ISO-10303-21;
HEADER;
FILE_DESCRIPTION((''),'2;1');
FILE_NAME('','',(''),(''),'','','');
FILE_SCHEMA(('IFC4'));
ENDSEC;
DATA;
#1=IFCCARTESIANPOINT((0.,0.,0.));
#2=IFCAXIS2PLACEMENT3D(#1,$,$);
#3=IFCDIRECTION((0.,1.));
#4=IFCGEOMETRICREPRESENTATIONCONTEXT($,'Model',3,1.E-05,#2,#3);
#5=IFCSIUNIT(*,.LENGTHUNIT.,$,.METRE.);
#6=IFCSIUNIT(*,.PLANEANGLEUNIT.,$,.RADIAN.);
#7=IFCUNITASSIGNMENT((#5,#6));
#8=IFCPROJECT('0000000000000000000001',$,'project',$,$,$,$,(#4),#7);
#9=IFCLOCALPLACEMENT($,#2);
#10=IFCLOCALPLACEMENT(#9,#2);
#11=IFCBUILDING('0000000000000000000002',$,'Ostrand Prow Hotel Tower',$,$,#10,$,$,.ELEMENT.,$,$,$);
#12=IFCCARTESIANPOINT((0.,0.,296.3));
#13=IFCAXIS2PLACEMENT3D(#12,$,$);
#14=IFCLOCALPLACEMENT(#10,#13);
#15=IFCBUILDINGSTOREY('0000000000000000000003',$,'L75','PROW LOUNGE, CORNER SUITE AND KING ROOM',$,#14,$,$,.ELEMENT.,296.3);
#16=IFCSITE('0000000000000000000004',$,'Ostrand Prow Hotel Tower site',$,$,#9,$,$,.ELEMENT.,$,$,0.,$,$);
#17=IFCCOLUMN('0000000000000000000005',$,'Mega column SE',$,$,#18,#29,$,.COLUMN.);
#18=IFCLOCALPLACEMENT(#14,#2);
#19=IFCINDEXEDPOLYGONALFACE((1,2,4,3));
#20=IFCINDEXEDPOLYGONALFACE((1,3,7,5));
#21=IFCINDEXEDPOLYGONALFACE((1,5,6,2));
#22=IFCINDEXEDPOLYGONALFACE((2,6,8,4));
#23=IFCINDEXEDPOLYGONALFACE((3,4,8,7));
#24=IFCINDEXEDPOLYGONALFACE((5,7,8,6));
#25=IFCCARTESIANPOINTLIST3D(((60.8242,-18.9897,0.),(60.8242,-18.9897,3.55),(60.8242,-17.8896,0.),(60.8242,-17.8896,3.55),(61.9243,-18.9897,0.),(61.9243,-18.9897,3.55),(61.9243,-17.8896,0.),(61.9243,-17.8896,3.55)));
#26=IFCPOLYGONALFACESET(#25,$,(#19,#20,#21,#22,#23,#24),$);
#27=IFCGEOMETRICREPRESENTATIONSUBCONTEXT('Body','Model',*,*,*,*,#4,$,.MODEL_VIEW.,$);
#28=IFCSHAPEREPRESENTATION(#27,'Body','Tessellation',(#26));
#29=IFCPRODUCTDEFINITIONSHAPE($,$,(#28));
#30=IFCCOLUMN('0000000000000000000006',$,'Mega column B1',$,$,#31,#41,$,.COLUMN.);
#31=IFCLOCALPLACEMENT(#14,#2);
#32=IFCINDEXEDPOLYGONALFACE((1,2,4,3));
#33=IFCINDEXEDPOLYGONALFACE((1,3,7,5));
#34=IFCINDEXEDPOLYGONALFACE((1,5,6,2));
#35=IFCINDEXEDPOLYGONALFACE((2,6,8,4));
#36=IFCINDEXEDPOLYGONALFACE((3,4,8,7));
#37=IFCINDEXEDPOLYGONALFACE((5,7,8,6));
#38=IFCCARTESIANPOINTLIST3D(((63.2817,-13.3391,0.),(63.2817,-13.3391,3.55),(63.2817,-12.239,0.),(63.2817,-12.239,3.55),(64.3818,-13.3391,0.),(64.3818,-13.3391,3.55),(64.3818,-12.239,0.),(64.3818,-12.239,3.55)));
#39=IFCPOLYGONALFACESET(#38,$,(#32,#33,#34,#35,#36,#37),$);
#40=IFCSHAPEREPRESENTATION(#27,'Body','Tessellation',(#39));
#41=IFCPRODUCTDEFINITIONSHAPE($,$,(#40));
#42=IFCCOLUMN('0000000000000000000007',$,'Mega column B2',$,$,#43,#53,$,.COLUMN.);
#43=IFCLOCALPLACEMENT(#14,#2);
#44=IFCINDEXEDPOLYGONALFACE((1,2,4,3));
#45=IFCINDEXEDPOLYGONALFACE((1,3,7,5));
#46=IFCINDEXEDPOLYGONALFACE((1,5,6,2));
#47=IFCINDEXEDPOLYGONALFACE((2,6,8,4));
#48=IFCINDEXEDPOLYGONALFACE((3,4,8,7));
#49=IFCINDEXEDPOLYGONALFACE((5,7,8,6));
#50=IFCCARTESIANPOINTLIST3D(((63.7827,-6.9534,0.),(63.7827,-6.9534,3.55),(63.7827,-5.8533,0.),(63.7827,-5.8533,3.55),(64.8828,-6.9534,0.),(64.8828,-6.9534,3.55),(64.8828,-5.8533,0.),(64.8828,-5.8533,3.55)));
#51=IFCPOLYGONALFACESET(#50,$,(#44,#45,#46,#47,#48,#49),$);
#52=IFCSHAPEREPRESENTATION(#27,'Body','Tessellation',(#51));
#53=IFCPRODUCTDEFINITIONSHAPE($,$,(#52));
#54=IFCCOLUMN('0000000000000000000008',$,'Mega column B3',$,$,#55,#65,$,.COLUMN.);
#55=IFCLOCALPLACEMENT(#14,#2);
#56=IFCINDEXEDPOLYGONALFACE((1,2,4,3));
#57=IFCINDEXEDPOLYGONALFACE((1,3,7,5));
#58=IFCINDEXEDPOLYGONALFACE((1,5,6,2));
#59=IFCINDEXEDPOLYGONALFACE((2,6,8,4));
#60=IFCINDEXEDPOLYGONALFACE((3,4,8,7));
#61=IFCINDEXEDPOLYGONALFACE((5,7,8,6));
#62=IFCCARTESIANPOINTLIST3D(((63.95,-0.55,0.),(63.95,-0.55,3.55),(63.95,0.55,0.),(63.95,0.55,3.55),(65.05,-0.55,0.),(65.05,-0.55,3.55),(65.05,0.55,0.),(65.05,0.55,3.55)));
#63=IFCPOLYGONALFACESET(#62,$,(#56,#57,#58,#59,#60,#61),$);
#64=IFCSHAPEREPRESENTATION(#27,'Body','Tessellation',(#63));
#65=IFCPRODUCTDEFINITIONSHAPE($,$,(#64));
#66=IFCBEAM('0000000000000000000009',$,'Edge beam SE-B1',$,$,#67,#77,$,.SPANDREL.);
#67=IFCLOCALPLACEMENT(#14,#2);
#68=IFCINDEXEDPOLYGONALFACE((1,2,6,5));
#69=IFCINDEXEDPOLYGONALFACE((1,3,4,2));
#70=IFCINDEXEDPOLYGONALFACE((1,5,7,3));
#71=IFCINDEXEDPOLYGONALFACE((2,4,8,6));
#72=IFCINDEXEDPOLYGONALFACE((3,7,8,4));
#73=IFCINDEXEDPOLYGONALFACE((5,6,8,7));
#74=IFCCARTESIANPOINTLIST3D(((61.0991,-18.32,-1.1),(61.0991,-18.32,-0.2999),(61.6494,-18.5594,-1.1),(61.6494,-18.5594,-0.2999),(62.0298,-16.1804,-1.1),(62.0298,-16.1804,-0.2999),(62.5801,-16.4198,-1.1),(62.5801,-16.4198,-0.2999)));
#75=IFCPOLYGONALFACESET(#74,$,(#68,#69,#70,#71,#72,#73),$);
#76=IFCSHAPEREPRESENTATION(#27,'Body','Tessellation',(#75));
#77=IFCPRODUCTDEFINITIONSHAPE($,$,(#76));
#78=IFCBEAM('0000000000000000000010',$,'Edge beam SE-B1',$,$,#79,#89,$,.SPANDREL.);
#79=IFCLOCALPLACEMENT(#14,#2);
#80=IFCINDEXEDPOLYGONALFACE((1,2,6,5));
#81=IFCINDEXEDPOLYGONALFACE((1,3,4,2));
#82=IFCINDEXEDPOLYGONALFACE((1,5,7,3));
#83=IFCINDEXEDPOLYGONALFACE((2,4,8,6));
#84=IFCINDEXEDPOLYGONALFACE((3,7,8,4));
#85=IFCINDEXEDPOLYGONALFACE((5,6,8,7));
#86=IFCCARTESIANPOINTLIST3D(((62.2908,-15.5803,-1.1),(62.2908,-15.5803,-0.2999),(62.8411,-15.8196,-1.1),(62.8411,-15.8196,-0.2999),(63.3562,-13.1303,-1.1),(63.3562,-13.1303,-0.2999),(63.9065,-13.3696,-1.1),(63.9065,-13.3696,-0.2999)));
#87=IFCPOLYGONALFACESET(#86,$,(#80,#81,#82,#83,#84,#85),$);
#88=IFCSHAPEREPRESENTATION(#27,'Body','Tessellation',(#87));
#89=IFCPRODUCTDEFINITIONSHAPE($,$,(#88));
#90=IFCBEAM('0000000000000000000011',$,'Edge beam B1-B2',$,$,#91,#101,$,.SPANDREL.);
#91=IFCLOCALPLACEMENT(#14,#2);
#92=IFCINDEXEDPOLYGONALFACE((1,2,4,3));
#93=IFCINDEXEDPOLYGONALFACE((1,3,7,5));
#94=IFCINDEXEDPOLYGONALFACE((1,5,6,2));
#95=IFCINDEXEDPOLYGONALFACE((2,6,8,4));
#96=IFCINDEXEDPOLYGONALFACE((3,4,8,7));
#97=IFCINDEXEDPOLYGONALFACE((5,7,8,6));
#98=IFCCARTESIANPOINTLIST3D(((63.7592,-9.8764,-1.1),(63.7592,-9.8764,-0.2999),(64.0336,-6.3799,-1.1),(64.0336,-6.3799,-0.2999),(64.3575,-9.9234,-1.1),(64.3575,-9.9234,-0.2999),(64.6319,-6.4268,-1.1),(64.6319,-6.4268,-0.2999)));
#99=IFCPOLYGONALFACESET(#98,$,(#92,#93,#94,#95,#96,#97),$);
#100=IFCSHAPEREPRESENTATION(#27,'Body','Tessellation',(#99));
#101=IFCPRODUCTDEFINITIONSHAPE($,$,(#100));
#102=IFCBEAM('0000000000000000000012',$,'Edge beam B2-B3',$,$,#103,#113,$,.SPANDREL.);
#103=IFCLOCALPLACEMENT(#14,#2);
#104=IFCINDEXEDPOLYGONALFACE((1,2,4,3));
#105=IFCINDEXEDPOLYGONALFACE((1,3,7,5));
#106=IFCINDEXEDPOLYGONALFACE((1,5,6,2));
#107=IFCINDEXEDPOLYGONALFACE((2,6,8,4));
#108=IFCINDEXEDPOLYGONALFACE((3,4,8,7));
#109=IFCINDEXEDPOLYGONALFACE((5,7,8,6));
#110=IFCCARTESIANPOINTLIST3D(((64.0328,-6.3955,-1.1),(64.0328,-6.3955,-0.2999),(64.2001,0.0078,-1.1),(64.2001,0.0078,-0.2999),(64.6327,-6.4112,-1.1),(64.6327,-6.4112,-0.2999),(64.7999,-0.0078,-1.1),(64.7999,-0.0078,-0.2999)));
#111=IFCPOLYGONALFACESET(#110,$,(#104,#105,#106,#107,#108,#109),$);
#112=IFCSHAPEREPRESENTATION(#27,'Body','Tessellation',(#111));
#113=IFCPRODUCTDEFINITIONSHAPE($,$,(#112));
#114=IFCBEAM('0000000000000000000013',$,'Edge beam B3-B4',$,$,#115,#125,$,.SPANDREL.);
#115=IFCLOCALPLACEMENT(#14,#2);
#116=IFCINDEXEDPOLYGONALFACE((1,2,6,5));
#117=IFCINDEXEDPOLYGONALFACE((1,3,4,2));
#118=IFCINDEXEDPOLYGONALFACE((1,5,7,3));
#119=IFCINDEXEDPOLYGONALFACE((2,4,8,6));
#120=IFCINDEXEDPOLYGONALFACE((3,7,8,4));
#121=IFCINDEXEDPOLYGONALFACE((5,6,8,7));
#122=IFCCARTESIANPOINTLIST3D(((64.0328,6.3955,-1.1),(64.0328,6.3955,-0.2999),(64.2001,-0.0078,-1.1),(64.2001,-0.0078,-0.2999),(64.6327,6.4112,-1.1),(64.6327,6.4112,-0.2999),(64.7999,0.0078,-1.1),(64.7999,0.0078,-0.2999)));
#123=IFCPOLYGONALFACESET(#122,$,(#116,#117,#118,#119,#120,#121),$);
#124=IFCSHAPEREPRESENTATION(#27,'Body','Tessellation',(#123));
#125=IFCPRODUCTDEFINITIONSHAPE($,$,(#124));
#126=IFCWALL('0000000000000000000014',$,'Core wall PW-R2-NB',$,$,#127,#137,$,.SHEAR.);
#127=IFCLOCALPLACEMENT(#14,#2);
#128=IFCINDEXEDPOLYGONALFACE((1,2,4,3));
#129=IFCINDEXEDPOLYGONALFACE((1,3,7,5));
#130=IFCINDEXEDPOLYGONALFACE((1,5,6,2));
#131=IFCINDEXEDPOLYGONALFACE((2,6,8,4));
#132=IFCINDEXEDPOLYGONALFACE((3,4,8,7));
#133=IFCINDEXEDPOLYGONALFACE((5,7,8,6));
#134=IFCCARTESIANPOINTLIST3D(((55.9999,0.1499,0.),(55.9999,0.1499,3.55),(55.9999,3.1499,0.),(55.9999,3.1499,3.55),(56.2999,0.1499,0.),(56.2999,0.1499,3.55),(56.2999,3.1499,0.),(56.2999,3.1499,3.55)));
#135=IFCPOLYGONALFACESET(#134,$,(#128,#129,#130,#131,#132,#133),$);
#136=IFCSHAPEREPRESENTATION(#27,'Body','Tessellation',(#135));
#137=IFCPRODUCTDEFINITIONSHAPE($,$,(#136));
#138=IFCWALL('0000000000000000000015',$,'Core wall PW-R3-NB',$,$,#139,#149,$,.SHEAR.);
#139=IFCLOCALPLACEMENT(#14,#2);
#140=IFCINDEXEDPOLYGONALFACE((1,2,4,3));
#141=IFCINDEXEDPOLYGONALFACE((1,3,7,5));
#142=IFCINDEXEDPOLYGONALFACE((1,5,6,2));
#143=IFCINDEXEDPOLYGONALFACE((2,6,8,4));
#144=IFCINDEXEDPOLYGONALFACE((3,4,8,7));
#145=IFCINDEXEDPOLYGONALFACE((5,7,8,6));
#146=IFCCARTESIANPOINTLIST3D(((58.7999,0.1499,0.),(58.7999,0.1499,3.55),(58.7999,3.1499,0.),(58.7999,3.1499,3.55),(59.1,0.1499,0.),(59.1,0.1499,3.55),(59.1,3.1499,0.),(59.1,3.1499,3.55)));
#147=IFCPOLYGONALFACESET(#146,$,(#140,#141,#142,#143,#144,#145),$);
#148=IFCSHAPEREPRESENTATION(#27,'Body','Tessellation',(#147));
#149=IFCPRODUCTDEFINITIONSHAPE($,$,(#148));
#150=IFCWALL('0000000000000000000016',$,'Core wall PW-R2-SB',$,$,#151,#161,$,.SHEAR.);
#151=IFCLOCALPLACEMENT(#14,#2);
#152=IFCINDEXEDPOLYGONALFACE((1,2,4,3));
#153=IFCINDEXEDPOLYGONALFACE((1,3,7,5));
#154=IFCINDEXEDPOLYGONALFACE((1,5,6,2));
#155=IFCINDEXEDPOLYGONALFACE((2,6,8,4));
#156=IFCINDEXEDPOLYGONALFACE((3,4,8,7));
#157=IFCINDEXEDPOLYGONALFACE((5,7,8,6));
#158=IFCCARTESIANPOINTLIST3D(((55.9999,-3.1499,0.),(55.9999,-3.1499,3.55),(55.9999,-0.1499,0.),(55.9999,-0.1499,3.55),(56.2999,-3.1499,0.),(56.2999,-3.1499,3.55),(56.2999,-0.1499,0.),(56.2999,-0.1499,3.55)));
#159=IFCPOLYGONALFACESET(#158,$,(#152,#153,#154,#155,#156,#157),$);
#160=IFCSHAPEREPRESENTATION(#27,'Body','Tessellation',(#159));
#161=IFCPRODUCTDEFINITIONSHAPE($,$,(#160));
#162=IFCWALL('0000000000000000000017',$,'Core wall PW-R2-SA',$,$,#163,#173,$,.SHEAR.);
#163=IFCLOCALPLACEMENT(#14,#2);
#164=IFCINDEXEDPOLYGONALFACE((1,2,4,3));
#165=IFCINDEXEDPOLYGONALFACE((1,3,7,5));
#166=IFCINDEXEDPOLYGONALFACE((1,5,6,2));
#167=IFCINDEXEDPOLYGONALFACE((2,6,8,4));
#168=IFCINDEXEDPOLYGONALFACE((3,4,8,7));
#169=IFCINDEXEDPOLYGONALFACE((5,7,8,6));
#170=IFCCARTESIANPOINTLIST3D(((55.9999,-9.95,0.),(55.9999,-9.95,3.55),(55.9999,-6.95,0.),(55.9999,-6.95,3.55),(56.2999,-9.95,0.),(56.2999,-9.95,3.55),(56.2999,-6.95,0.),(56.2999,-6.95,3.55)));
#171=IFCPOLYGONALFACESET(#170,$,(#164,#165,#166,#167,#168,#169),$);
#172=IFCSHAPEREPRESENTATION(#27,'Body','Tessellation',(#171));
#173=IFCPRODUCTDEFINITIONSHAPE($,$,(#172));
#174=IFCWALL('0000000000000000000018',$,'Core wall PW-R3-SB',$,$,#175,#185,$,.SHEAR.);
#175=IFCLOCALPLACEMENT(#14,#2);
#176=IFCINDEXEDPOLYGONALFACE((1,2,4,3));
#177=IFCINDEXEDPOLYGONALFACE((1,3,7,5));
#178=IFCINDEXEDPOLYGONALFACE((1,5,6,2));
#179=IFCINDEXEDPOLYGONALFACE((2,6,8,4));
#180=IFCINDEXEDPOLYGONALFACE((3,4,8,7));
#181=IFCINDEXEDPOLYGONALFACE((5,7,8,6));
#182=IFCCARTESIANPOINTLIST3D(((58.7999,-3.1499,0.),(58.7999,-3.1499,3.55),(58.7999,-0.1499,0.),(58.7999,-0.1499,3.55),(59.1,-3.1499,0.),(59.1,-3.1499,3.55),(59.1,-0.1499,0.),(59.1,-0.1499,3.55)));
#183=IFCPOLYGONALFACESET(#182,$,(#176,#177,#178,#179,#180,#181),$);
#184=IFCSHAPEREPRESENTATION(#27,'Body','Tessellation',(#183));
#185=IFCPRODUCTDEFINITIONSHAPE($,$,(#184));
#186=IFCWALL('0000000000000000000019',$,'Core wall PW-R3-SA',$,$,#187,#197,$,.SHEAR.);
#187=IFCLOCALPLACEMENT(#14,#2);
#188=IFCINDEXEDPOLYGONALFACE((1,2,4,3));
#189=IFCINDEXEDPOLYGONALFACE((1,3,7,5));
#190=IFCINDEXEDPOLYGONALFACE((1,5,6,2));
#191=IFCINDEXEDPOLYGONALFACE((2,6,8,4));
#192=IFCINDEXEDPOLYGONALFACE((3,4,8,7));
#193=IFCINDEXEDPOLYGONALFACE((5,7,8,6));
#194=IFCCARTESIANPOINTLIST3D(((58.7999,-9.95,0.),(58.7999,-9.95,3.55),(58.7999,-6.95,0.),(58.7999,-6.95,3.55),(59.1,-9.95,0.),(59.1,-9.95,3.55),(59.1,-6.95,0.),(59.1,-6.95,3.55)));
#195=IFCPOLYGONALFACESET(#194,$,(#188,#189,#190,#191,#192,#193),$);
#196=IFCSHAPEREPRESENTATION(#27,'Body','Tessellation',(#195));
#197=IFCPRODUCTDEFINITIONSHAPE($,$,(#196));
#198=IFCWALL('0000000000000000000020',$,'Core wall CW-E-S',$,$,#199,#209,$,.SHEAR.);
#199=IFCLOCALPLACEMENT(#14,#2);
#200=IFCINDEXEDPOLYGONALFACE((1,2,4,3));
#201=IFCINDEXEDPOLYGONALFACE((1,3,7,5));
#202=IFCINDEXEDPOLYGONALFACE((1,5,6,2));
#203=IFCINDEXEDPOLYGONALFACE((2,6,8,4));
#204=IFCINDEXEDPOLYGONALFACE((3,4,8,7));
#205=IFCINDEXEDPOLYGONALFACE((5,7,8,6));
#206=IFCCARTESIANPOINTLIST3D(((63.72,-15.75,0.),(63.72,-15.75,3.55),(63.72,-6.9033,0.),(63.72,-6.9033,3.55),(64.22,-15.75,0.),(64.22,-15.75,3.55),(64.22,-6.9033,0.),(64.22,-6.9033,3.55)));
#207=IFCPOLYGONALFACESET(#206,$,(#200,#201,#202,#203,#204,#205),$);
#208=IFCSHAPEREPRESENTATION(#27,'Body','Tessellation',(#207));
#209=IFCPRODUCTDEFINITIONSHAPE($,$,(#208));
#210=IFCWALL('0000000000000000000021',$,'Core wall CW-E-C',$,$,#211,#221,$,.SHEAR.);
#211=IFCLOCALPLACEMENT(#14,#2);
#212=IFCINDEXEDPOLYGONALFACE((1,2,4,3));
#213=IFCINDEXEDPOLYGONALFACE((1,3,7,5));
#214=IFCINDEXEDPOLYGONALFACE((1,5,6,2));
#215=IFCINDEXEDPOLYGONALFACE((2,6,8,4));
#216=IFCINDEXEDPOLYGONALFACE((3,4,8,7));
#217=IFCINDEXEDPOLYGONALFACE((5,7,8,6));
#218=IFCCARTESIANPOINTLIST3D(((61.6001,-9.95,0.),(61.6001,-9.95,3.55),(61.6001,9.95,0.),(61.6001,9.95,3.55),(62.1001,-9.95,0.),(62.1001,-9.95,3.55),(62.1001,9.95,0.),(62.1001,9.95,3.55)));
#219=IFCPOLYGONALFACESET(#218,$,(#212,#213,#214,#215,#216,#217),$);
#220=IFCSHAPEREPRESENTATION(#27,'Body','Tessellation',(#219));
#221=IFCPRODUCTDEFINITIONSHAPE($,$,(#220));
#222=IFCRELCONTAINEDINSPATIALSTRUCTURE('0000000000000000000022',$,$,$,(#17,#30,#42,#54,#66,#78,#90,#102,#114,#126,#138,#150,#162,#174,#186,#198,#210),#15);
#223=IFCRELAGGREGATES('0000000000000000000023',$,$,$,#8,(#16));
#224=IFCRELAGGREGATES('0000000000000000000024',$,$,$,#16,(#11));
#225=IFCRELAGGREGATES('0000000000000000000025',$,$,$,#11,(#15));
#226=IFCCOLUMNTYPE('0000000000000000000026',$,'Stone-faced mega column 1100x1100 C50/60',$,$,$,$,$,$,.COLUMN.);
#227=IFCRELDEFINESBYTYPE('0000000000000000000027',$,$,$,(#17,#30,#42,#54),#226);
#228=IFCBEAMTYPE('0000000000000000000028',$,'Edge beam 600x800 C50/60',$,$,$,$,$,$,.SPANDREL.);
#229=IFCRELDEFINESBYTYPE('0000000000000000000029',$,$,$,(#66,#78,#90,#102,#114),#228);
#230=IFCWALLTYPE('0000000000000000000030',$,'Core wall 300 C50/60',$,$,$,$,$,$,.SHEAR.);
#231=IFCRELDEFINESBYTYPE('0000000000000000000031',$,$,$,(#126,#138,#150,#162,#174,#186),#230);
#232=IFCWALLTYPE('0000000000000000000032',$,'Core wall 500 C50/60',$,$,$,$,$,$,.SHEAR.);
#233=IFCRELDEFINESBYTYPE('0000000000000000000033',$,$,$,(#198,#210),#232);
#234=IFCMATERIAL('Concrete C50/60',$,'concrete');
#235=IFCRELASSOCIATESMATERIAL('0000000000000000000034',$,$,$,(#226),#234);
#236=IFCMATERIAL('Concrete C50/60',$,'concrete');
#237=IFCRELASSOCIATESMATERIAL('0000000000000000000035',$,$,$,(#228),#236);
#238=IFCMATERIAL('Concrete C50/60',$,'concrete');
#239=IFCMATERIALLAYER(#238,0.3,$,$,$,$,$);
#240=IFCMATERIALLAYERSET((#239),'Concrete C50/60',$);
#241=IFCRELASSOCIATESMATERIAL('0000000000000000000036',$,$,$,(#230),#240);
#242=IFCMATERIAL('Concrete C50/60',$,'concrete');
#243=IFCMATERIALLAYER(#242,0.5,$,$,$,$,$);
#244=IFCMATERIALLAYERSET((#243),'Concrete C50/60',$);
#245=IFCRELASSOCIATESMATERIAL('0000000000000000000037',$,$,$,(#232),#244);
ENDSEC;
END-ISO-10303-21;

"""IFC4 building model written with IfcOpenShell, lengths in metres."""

from ifc_helpers import new_model, si_unit, direction, frame, frame_2d, origin, origin_2d, place, context, subcontext, project, spatial, rectangle, extrude, material, layer, layer_set, material_profile, profile_set, type_object, element, save


model = new_model("IFC4")

# Units and contexts
model_context = context("Model", 3, precision=1e-05, world=origin(), true_north=direction((0.0, 1.0)))
body_context = subcontext(model_context, "Body", "Model", "MODEL_VIEW")
ifc_project = project(units=[si_unit("LENGTHUNIT", "METRE"), si_unit("PLANEANGLEUNIT", "RADIAN")], contexts=[model_context])

# Site, building, storey
site_placement = place(None, origin())
site = spatial("IfcSite", under=ifc_project, at=site_placement, Name="Ostrand Prow Hotel Tower site", CompositionType="ELEMENT", RefElevation=0.0)
building_placement = place(site_placement, origin())
building = spatial("IfcBuilding", under=site, at=building_placement, Name="Ostrand Prow Hotel Tower", CompositionType="ELEMENT")
storey_placement = place(building_placement, frame((0.0, 0.0, 296.3)))
storey = spatial("IfcBuildingStorey", under=building, at=storey_placement, Name="L75", Description="PROW LOUNGE, CORNER SUITE AND KING ROOM", CompositionType="ELEMENT", Elevation=296.3)

# Columns
ifc_material_1 = material(Name="Concrete C50/60", Category="concrete")
ifc_material_profile_1 = material_profile(ifc_material_1, rectangle(XDim=1.1001, YDim=1.1001, at=origin_2d()), Name="RC 1100x1100")
ifc_profile_set_1 = profile_set([ifc_material_profile_1], Name="Concrete C50/60")
column_type = type_object("IfcColumnType", Name="Stone-faced mega column 1100x1100 C50/60", PredefinedType="COLUMN", material=ifc_profile_set_1)
for number, where, z_axis, x_axis, name in (
    (1, (61.3743, -18.4397, 0.0), (0.0, 0.0, 1.0), (1.0, 0.0, 0.0), "Mega column SE"),
    (2, (63.8318, -12.7891, 0.0), (0.0, 0.0, 1.0), (1.0, 0.0, 0.0), "Mega column B1"),
    (3, (64.3328, -6.4033, 0.0), (0.0, 0.0, 1.0), (1.0, 0.0, 0.0), "Mega column B2"),
    (4, (64.5, 0.0, 0.0), (0.0, 0.0, 1.0), (1.0, 0.0, 0.0), "Mega column B3"),
):
    element("IfcColumn", number, at=place(storey_placement, frame(where, z_axis=z_axis, x_axis=x_axis)), inside=storey, type_object=column_type, Name=name, PredefinedType="COLUMN", context=body_context, shape_type="SweptSolid", body=[
        extrude(rectangle(XDim=1.1001, YDim=1.1001, at=origin_2d()), origin(), (0.0, 0.0, 1.0), 3.55),
    ])

# Beams
ifc_material_2 = material(Name="Concrete C50/60", Category="concrete")
ifc_material_profile_2 = material_profile(ifc_material_2, rectangle(XDim=0.6001, YDim=0.8, at=origin_2d()), Name="RC 600x800")
ifc_profile_set_2 = profile_set([ifc_material_profile_2], Name="Concrete C50/60")
beam_type = type_object("IfcBeamType", Name="Edge beam 600x800 C50/60", PredefinedType="SPANDREL", material=ifc_profile_set_2)
beam_1_placement = place(storey_placement, frame((61.3743, -18.4397, -0.7), z_axis=(0.398864, 0.91701, 0.0), x_axis=(-0.91701, 0.398864, 0.0)))
element("IfcBeam", 5, at=beam_1_placement, inside=storey, type_object=beam_type, Name="Edge beam SE-B1", PredefinedType="SPANDREL", context=body_context, shape_type="SweptSolid", body=[
    extrude(rectangle(XDim=0.6001, YDim=0.8, at=origin_2d()), origin(), (0.0, 0.0, 1.0), 2.3333),
])
beam_2_placement = place(storey_placement, frame((62.5659, -15.7, -0.7), z_axis=(0.3988, 0.917038, 0.0), x_axis=(-0.917038, 0.3988, 0.0)))
element("IfcBeam", 6, at=beam_2_placement, inside=storey, type_object=beam_type, Name="Edge beam SE-B1", PredefinedType="SPANDREL", context=body_context, shape_type="SweptSolid", body=[
    extrude(rectangle(XDim=0.6001, YDim=0.8, at=origin_2d()), origin(), (0.0, 0.0, 1.0), 2.6716),
])
beam_3_placement = place(storey_placement, frame((64.0583, -9.8999, -0.7), z_axis=(0.07824, 0.996935, 0.0), x_axis=(-0.996935, 0.07824, 0.0)))
element("IfcBeam", 7, at=beam_3_placement, inside=storey, type_object=beam_type, Name="Edge beam B1-B2", PredefinedType="SPANDREL", context=body_context, shape_type="SweptSolid", body=[
    extrude(rectangle(XDim=0.6001, YDim=0.8, at=origin_2d()), origin(), (0.0, 0.0, 1.0), 3.5073),
])
for number, where, z_axis, x_axis, name in (
    (8, (64.3328, -6.4033, -0.7), (0.026108, 0.999659, 0.0), (-0.999659, 0.026108, 0.0), "Edge beam B2-B3"),
    (9, (64.5, 0.0, -0.7), (-0.026108, 0.999659, 0.0), (-0.999659, -0.026108, 0.0), "Edge beam B3-B4"),
):
    element("IfcBeam", number, at=place(storey_placement, frame(where, z_axis=z_axis, x_axis=x_axis)), inside=storey, type_object=beam_type, Name=name, PredefinedType="SPANDREL", context=body_context, shape_type="SweptSolid", body=[
        extrude(rectangle(XDim=0.6001, YDim=0.8, at=origin_2d()), origin(), (0.0, 0.0, 1.0), 6.4055),
    ])

# Walls
ifc_material_3 = material(Name="Concrete C50/60", Category="concrete")
ifc_layer_1 = layer(ifc_material_3, 0.3)
ifc_layer_set_1 = layer_set([ifc_layer_1], Name="Concrete C50/60")
wall_type_1 = type_object("IfcWallType", Name="Core wall 300 C50/60", PredefinedType="SHEAR", material=ifc_layer_set_1)
for number, where, z_axis, x_axis, name in (
    (10, (56.1499, 0.1499, 0.0), (0.0, 0.0, 1.0), (0.0, 1.0, 0.0), "Core wall PW-R2-NB"),
    (11, (58.95, 0.1499, 0.0), (0.0, 0.0, 1.0), (0.0, 1.0, 0.0), "Core wall PW-R3-NB"),
    (12, (56.1499, -3.1499, 0.0), (0.0, 0.0, 1.0), (0.0, 1.0, 0.0), "Core wall PW-R2-SB"),
    (13, (56.1499, -9.95, 0.0), (0.0, 0.0, 1.0), (0.0, 1.0, 0.0), "Core wall PW-R2-SA"),
    (14, (58.95, -3.1499, 0.0), (0.0, 0.0, 1.0), (0.0, 1.0, 0.0), "Core wall PW-R3-SB"),
    (15, (58.95, -9.95, 0.0), (0.0, 0.0, 1.0), (0.0, 1.0, 0.0), "Core wall PW-R3-SA"),
):
    element("IfcWall", number, at=place(storey_placement, frame(where, z_axis=z_axis, x_axis=x_axis)), inside=storey, type_object=wall_type_1, Name=name, PredefinedType="SHEAR", context=body_context, shape_type="SweptSolid", body=[
        extrude(rectangle(XDim=3.0, YDim=0.3, at=frame_2d((1.5, 0.0))), origin(), (0.0, 0.0, 1.0), 3.55),
    ])
ifc_material_4 = material(Name="Concrete C50/60", Category="concrete")
ifc_layer_2 = layer(ifc_material_4, 0.5)
ifc_layer_set_2 = layer_set([ifc_layer_2], Name="Concrete C50/60")
wall_type_2 = type_object("IfcWallType", Name="Core wall 500 C50/60", PredefinedType="SHEAR", material=ifc_layer_set_2)
wall_1_placement = place(storey_placement, frame((63.97, -15.75, 0.0), z_axis=(0.0, 0.0, 1.0), x_axis=(0.0, 1.0, 0.0)))
element("IfcWall", 16, at=wall_1_placement, inside=storey, type_object=wall_type_2, Name="Core wall CW-E-S", PredefinedType="SHEAR", context=body_context, shape_type="SweptSolid", body=[
    extrude(rectangle(XDim=8.8467, YDim=0.5, at=frame_2d((4.4233, 0.0))), origin(), (0.0, 0.0, 1.0), 3.55),
])
wall_2_placement = place(storey_placement, frame((61.8501, -9.95, 0.0), z_axis=(0.0, 0.0, 1.0), x_axis=(0.0, 1.0, 0.0)))
element("IfcWall", 17, at=wall_2_placement, inside=storey, type_object=wall_type_2, Name="Core wall CW-E-C", PredefinedType="SHEAR", context=body_context, shape_type="SweptSolid", body=[
    extrude(rectangle(XDim=19.8999, YDim=0.5, at=frame_2d((9.95, 0.0))), origin(), (0.0, 0.0, 1.0), 3.55),
])

save(model, "model.ifc")
